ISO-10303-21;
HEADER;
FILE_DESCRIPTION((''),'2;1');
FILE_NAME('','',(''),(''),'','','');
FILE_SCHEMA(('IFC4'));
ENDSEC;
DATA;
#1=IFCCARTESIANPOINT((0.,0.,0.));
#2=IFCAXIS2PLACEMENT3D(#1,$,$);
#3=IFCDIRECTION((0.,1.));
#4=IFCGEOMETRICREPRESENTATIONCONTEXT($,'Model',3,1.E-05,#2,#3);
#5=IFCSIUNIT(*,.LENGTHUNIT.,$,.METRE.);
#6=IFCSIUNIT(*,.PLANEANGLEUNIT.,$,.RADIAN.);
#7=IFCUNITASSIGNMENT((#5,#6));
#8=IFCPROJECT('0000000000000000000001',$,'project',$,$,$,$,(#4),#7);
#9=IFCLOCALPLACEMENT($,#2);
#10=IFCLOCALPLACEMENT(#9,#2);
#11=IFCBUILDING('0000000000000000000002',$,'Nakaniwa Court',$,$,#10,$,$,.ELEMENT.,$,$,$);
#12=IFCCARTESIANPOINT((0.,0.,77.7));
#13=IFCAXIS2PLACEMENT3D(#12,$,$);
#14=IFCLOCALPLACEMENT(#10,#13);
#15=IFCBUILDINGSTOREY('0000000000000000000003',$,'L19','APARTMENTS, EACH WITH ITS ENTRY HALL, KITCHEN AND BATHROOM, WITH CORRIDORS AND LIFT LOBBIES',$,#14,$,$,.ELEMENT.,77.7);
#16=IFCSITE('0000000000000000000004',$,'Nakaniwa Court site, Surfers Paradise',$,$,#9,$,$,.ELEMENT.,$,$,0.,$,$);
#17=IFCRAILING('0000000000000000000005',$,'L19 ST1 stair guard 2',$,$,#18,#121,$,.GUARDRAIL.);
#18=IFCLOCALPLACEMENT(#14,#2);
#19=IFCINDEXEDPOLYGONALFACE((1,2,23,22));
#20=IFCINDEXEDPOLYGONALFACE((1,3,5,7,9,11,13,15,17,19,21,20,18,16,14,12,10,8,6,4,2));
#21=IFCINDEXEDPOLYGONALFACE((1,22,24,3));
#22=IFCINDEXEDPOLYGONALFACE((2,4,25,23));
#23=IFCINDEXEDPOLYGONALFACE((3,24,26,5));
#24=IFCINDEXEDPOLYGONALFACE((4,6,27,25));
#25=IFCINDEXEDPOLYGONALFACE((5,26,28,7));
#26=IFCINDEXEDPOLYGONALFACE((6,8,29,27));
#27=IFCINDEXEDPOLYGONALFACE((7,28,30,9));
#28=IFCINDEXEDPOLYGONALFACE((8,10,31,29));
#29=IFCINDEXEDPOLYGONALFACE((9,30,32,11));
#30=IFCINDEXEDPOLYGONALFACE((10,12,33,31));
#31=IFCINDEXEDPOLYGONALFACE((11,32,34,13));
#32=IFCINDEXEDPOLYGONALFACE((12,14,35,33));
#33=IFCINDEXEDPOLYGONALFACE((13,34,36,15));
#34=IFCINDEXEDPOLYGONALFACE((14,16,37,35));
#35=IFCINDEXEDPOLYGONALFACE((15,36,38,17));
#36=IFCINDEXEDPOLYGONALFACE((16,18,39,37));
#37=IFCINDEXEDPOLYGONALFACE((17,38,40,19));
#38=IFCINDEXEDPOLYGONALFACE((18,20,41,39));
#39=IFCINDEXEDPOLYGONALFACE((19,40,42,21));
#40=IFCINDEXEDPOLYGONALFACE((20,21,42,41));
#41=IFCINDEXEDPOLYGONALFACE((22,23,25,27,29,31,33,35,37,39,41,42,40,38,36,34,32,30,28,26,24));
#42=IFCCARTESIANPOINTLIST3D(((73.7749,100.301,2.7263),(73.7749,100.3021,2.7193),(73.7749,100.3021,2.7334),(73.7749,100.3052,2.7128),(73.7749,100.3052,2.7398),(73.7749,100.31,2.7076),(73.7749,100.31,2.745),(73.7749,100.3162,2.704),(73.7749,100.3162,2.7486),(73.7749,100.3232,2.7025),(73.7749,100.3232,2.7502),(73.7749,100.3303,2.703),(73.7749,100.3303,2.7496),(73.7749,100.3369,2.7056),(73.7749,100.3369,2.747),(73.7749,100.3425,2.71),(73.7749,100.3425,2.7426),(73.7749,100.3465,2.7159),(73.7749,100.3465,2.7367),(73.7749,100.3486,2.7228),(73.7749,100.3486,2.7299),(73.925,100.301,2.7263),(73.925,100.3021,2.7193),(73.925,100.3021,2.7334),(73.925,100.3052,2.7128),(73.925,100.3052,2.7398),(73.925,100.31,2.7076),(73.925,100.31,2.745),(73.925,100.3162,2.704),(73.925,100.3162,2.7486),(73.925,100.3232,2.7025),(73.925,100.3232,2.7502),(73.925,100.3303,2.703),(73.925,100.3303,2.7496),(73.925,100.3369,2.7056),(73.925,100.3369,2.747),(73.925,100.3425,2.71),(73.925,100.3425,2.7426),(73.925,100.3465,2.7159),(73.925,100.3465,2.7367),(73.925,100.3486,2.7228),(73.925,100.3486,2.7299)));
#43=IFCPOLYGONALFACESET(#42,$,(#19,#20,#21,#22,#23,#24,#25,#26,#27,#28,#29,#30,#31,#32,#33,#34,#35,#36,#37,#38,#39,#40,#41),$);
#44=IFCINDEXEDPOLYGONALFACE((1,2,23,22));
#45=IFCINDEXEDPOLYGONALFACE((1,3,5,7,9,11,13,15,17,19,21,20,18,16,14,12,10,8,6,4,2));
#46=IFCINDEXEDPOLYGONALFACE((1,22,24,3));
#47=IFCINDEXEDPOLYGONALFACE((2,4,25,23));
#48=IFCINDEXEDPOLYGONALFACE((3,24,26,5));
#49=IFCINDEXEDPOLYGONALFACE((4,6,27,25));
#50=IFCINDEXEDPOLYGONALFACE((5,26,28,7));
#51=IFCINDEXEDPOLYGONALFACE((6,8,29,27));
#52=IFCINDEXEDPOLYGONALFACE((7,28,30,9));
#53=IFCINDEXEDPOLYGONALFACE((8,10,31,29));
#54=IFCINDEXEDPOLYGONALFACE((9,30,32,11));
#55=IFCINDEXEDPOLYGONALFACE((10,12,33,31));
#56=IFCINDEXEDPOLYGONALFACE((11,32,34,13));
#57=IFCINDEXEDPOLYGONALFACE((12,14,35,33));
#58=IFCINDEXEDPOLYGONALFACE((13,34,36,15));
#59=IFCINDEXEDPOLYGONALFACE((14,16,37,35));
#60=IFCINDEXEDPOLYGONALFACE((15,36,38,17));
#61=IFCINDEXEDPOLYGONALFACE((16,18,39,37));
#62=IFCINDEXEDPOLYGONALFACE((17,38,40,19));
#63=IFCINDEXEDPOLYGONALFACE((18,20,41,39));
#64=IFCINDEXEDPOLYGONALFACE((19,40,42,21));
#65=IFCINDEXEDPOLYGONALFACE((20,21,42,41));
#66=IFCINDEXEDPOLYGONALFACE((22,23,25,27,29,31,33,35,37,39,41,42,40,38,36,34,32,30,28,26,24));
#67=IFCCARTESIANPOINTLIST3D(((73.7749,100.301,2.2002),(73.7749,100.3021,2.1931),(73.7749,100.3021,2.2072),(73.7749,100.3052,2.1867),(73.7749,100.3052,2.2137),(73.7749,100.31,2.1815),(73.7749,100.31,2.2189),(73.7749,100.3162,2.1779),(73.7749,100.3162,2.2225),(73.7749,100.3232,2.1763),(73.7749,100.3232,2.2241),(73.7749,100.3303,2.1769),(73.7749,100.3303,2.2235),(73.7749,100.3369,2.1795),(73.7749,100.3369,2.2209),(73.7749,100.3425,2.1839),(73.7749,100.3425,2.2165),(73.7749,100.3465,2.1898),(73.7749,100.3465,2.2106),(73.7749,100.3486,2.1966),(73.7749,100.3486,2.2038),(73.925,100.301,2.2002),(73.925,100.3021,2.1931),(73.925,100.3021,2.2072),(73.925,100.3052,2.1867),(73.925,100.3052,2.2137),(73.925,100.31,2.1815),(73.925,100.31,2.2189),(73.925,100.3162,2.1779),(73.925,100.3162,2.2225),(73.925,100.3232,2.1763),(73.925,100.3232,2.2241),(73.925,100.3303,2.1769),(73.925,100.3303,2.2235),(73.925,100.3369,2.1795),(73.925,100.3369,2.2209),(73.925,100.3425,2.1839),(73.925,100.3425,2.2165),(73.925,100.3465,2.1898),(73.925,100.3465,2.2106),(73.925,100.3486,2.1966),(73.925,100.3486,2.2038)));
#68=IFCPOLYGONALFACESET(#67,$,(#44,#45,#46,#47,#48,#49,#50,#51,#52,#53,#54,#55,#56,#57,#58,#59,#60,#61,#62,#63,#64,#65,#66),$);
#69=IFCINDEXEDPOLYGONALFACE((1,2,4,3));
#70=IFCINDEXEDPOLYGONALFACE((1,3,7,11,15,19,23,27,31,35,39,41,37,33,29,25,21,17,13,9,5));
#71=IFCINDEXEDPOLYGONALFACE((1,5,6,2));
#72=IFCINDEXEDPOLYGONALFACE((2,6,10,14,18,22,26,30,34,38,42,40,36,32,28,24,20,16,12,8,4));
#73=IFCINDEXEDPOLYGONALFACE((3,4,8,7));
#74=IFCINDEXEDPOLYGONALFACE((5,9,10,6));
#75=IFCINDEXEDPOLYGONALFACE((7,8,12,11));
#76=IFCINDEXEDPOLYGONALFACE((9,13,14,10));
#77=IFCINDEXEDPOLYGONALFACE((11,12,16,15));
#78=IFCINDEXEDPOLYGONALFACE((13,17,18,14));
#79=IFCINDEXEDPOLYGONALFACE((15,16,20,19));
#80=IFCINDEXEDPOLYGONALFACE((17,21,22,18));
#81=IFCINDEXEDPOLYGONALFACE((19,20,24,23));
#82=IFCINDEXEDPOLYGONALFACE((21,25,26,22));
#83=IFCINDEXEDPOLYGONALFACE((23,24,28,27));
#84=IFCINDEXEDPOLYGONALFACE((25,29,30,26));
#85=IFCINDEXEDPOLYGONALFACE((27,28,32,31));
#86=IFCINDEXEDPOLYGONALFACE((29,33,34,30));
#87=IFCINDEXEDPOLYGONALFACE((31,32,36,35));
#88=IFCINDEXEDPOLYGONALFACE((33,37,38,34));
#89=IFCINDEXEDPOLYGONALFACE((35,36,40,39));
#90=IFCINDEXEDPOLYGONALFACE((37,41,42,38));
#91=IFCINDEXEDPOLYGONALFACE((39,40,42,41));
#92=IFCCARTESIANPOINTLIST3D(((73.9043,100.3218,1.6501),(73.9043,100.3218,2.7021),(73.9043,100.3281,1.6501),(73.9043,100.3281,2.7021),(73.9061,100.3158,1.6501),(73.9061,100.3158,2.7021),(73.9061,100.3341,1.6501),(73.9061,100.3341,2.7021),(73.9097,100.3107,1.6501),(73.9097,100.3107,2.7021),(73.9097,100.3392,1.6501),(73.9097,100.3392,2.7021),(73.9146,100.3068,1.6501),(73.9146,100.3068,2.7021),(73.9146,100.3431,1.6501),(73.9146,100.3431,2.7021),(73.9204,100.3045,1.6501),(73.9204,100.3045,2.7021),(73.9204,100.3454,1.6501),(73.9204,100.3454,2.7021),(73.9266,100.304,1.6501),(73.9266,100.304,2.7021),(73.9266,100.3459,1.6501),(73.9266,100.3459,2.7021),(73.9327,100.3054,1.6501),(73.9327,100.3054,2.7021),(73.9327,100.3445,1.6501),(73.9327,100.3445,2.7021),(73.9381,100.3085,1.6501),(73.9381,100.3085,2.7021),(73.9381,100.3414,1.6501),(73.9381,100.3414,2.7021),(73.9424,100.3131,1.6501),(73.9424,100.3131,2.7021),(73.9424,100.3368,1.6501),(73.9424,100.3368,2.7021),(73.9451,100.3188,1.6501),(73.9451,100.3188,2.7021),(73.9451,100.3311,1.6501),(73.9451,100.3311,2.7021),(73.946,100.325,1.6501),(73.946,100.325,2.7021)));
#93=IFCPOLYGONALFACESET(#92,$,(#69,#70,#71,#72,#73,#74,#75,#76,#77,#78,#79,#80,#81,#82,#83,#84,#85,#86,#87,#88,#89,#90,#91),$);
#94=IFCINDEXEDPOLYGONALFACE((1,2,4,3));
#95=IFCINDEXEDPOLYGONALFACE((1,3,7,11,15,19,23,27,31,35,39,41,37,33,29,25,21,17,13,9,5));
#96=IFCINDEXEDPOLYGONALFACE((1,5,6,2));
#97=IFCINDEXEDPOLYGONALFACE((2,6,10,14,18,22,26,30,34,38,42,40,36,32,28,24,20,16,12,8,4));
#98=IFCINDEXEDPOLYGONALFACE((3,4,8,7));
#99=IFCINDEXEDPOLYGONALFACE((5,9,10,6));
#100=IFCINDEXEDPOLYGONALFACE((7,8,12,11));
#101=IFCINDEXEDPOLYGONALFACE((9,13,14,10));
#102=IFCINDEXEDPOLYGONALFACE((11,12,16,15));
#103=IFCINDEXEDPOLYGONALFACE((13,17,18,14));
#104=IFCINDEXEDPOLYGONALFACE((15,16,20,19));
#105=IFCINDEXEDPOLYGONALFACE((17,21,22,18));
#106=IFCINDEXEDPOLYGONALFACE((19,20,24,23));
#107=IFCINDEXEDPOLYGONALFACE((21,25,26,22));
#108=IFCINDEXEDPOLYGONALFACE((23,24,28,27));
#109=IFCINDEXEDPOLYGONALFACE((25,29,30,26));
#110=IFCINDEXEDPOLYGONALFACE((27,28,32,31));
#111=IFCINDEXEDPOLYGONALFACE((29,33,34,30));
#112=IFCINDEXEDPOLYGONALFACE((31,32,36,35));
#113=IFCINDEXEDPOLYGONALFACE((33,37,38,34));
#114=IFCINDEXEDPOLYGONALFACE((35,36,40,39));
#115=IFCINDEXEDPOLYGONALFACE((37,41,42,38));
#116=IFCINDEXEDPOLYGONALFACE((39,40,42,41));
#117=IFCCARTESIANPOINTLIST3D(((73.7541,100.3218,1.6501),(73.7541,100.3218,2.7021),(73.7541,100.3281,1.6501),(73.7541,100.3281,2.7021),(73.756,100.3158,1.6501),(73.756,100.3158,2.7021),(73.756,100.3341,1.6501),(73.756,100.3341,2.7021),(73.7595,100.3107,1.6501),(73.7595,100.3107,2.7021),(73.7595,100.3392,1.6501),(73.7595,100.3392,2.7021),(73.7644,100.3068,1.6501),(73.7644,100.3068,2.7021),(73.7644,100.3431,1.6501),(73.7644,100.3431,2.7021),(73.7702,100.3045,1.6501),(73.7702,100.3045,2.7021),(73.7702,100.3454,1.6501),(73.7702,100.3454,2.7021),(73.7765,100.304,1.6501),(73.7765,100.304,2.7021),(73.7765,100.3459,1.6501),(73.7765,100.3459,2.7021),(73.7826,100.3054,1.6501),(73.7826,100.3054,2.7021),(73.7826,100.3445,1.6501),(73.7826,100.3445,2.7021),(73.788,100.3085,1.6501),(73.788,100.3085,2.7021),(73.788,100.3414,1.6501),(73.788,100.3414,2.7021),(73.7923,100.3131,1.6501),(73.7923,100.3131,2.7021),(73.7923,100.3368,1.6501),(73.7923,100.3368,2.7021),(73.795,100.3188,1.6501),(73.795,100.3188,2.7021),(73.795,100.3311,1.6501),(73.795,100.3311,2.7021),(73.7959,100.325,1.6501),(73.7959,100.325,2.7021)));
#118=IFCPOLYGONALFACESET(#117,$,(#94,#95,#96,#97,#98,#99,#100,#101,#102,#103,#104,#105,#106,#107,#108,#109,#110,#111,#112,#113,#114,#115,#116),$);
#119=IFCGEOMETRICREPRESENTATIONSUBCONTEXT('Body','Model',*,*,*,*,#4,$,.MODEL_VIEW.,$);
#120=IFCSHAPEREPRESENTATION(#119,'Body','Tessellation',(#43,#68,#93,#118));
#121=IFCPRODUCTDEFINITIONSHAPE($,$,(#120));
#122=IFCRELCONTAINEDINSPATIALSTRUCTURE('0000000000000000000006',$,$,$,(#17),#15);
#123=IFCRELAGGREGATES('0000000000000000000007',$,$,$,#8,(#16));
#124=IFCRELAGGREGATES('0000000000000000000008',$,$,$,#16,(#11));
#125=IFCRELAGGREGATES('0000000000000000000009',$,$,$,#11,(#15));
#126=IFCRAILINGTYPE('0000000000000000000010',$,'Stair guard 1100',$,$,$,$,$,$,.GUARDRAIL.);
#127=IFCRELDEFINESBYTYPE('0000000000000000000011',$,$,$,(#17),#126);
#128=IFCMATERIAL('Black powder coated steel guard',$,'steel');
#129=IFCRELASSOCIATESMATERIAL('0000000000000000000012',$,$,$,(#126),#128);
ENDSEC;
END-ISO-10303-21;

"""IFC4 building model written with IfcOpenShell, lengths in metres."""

from ifc_helpers import new_model, si_unit, direction, frame, origin, origin_2d, place, context, subcontext, project, spatial, circle, extrude, material, type_object, element, save


model = new_model("IFC4")

# Units and contexts
model_context = context("Model", 3, precision=1e-05, world=origin(), true_north=direction((0.0, 1.0)))
body_context = subcontext(model_context, "Body", "Model", "MODEL_VIEW")
ifc_project = project(units=[si_unit("LENGTHUNIT", "METRE"), si_unit("PLANEANGLEUNIT", "RADIAN")], contexts=[model_context])

# Site, building, storey
site_placement = place(None, origin())
site = spatial("IfcSite", under=ifc_project, at=site_placement, Name="Nakaniwa Court site, Surfers Paradise", CompositionType="ELEMENT", RefElevation=0.0)
building_placement = place(site_placement, origin())
building = spatial("IfcBuilding", under=site, at=building_placement, Name="Nakaniwa Court", CompositionType="ELEMENT")
storey_placement = place(building_placement, frame((0.0, 0.0, 77.7)))
storey = spatial("IfcBuildingStorey", under=building, at=storey_placement, Name="L19", Description="APARTMENTS, EACH WITH ITS ENTRY HALL, KITCHEN AND BATHROOM, WITH CORRIDORS AND LIFT LOBBIES", CompositionType="ELEMENT", Elevation=77.7)

# Railing
ifc_material_1 = material(Name="Black powder coated steel guard", Category="steel")
railing_type_1 = type_object("IfcRailingType", Name="Stair guard 1100", PredefinedType="GUARDRAIL", material=ifc_material_1)
railing_1_placement = place(storey_placement, frame((73.925, 100.325, 1.6501)))
element("IfcRailing", 1, at=railing_1_placement, inside=storey, type_object=railing_type_1, Name="L19 ST1 stair guard 2", PredefinedType="GUARDRAIL", context=body_context, shape_type="SweptSolid", body=[
    extrude(circle(Radius=0.0239, at=origin_2d()), frame((0.0, 0.0, 1.0762), z_axis=(-1.0, 0.0, 0.0), x_axis=(0.0, -1.0, 0.0)), (0.0, 0.0, 1.0), 0.1501),
    extrude(circle(Radius=0.0239, at=origin_2d()), frame((0.0, 0.0, 0.55), z_axis=(-1.0, 0.0, 0.0), x_axis=(0.0, -1.0, 0.0)), (0.0, 0.0, 1.0), 0.1501),
    extrude(circle(Radius=0.021, at=origin_2d()), origin(), (0.0, 0.0, 1.0), 1.052),
    extrude(circle(Radius=0.021, at=origin_2d()), frame((-0.1501, 0.0, 0.0)), (0.0, 0.0, 1.0), 1.052),
])

save(model, "model.ifc")
